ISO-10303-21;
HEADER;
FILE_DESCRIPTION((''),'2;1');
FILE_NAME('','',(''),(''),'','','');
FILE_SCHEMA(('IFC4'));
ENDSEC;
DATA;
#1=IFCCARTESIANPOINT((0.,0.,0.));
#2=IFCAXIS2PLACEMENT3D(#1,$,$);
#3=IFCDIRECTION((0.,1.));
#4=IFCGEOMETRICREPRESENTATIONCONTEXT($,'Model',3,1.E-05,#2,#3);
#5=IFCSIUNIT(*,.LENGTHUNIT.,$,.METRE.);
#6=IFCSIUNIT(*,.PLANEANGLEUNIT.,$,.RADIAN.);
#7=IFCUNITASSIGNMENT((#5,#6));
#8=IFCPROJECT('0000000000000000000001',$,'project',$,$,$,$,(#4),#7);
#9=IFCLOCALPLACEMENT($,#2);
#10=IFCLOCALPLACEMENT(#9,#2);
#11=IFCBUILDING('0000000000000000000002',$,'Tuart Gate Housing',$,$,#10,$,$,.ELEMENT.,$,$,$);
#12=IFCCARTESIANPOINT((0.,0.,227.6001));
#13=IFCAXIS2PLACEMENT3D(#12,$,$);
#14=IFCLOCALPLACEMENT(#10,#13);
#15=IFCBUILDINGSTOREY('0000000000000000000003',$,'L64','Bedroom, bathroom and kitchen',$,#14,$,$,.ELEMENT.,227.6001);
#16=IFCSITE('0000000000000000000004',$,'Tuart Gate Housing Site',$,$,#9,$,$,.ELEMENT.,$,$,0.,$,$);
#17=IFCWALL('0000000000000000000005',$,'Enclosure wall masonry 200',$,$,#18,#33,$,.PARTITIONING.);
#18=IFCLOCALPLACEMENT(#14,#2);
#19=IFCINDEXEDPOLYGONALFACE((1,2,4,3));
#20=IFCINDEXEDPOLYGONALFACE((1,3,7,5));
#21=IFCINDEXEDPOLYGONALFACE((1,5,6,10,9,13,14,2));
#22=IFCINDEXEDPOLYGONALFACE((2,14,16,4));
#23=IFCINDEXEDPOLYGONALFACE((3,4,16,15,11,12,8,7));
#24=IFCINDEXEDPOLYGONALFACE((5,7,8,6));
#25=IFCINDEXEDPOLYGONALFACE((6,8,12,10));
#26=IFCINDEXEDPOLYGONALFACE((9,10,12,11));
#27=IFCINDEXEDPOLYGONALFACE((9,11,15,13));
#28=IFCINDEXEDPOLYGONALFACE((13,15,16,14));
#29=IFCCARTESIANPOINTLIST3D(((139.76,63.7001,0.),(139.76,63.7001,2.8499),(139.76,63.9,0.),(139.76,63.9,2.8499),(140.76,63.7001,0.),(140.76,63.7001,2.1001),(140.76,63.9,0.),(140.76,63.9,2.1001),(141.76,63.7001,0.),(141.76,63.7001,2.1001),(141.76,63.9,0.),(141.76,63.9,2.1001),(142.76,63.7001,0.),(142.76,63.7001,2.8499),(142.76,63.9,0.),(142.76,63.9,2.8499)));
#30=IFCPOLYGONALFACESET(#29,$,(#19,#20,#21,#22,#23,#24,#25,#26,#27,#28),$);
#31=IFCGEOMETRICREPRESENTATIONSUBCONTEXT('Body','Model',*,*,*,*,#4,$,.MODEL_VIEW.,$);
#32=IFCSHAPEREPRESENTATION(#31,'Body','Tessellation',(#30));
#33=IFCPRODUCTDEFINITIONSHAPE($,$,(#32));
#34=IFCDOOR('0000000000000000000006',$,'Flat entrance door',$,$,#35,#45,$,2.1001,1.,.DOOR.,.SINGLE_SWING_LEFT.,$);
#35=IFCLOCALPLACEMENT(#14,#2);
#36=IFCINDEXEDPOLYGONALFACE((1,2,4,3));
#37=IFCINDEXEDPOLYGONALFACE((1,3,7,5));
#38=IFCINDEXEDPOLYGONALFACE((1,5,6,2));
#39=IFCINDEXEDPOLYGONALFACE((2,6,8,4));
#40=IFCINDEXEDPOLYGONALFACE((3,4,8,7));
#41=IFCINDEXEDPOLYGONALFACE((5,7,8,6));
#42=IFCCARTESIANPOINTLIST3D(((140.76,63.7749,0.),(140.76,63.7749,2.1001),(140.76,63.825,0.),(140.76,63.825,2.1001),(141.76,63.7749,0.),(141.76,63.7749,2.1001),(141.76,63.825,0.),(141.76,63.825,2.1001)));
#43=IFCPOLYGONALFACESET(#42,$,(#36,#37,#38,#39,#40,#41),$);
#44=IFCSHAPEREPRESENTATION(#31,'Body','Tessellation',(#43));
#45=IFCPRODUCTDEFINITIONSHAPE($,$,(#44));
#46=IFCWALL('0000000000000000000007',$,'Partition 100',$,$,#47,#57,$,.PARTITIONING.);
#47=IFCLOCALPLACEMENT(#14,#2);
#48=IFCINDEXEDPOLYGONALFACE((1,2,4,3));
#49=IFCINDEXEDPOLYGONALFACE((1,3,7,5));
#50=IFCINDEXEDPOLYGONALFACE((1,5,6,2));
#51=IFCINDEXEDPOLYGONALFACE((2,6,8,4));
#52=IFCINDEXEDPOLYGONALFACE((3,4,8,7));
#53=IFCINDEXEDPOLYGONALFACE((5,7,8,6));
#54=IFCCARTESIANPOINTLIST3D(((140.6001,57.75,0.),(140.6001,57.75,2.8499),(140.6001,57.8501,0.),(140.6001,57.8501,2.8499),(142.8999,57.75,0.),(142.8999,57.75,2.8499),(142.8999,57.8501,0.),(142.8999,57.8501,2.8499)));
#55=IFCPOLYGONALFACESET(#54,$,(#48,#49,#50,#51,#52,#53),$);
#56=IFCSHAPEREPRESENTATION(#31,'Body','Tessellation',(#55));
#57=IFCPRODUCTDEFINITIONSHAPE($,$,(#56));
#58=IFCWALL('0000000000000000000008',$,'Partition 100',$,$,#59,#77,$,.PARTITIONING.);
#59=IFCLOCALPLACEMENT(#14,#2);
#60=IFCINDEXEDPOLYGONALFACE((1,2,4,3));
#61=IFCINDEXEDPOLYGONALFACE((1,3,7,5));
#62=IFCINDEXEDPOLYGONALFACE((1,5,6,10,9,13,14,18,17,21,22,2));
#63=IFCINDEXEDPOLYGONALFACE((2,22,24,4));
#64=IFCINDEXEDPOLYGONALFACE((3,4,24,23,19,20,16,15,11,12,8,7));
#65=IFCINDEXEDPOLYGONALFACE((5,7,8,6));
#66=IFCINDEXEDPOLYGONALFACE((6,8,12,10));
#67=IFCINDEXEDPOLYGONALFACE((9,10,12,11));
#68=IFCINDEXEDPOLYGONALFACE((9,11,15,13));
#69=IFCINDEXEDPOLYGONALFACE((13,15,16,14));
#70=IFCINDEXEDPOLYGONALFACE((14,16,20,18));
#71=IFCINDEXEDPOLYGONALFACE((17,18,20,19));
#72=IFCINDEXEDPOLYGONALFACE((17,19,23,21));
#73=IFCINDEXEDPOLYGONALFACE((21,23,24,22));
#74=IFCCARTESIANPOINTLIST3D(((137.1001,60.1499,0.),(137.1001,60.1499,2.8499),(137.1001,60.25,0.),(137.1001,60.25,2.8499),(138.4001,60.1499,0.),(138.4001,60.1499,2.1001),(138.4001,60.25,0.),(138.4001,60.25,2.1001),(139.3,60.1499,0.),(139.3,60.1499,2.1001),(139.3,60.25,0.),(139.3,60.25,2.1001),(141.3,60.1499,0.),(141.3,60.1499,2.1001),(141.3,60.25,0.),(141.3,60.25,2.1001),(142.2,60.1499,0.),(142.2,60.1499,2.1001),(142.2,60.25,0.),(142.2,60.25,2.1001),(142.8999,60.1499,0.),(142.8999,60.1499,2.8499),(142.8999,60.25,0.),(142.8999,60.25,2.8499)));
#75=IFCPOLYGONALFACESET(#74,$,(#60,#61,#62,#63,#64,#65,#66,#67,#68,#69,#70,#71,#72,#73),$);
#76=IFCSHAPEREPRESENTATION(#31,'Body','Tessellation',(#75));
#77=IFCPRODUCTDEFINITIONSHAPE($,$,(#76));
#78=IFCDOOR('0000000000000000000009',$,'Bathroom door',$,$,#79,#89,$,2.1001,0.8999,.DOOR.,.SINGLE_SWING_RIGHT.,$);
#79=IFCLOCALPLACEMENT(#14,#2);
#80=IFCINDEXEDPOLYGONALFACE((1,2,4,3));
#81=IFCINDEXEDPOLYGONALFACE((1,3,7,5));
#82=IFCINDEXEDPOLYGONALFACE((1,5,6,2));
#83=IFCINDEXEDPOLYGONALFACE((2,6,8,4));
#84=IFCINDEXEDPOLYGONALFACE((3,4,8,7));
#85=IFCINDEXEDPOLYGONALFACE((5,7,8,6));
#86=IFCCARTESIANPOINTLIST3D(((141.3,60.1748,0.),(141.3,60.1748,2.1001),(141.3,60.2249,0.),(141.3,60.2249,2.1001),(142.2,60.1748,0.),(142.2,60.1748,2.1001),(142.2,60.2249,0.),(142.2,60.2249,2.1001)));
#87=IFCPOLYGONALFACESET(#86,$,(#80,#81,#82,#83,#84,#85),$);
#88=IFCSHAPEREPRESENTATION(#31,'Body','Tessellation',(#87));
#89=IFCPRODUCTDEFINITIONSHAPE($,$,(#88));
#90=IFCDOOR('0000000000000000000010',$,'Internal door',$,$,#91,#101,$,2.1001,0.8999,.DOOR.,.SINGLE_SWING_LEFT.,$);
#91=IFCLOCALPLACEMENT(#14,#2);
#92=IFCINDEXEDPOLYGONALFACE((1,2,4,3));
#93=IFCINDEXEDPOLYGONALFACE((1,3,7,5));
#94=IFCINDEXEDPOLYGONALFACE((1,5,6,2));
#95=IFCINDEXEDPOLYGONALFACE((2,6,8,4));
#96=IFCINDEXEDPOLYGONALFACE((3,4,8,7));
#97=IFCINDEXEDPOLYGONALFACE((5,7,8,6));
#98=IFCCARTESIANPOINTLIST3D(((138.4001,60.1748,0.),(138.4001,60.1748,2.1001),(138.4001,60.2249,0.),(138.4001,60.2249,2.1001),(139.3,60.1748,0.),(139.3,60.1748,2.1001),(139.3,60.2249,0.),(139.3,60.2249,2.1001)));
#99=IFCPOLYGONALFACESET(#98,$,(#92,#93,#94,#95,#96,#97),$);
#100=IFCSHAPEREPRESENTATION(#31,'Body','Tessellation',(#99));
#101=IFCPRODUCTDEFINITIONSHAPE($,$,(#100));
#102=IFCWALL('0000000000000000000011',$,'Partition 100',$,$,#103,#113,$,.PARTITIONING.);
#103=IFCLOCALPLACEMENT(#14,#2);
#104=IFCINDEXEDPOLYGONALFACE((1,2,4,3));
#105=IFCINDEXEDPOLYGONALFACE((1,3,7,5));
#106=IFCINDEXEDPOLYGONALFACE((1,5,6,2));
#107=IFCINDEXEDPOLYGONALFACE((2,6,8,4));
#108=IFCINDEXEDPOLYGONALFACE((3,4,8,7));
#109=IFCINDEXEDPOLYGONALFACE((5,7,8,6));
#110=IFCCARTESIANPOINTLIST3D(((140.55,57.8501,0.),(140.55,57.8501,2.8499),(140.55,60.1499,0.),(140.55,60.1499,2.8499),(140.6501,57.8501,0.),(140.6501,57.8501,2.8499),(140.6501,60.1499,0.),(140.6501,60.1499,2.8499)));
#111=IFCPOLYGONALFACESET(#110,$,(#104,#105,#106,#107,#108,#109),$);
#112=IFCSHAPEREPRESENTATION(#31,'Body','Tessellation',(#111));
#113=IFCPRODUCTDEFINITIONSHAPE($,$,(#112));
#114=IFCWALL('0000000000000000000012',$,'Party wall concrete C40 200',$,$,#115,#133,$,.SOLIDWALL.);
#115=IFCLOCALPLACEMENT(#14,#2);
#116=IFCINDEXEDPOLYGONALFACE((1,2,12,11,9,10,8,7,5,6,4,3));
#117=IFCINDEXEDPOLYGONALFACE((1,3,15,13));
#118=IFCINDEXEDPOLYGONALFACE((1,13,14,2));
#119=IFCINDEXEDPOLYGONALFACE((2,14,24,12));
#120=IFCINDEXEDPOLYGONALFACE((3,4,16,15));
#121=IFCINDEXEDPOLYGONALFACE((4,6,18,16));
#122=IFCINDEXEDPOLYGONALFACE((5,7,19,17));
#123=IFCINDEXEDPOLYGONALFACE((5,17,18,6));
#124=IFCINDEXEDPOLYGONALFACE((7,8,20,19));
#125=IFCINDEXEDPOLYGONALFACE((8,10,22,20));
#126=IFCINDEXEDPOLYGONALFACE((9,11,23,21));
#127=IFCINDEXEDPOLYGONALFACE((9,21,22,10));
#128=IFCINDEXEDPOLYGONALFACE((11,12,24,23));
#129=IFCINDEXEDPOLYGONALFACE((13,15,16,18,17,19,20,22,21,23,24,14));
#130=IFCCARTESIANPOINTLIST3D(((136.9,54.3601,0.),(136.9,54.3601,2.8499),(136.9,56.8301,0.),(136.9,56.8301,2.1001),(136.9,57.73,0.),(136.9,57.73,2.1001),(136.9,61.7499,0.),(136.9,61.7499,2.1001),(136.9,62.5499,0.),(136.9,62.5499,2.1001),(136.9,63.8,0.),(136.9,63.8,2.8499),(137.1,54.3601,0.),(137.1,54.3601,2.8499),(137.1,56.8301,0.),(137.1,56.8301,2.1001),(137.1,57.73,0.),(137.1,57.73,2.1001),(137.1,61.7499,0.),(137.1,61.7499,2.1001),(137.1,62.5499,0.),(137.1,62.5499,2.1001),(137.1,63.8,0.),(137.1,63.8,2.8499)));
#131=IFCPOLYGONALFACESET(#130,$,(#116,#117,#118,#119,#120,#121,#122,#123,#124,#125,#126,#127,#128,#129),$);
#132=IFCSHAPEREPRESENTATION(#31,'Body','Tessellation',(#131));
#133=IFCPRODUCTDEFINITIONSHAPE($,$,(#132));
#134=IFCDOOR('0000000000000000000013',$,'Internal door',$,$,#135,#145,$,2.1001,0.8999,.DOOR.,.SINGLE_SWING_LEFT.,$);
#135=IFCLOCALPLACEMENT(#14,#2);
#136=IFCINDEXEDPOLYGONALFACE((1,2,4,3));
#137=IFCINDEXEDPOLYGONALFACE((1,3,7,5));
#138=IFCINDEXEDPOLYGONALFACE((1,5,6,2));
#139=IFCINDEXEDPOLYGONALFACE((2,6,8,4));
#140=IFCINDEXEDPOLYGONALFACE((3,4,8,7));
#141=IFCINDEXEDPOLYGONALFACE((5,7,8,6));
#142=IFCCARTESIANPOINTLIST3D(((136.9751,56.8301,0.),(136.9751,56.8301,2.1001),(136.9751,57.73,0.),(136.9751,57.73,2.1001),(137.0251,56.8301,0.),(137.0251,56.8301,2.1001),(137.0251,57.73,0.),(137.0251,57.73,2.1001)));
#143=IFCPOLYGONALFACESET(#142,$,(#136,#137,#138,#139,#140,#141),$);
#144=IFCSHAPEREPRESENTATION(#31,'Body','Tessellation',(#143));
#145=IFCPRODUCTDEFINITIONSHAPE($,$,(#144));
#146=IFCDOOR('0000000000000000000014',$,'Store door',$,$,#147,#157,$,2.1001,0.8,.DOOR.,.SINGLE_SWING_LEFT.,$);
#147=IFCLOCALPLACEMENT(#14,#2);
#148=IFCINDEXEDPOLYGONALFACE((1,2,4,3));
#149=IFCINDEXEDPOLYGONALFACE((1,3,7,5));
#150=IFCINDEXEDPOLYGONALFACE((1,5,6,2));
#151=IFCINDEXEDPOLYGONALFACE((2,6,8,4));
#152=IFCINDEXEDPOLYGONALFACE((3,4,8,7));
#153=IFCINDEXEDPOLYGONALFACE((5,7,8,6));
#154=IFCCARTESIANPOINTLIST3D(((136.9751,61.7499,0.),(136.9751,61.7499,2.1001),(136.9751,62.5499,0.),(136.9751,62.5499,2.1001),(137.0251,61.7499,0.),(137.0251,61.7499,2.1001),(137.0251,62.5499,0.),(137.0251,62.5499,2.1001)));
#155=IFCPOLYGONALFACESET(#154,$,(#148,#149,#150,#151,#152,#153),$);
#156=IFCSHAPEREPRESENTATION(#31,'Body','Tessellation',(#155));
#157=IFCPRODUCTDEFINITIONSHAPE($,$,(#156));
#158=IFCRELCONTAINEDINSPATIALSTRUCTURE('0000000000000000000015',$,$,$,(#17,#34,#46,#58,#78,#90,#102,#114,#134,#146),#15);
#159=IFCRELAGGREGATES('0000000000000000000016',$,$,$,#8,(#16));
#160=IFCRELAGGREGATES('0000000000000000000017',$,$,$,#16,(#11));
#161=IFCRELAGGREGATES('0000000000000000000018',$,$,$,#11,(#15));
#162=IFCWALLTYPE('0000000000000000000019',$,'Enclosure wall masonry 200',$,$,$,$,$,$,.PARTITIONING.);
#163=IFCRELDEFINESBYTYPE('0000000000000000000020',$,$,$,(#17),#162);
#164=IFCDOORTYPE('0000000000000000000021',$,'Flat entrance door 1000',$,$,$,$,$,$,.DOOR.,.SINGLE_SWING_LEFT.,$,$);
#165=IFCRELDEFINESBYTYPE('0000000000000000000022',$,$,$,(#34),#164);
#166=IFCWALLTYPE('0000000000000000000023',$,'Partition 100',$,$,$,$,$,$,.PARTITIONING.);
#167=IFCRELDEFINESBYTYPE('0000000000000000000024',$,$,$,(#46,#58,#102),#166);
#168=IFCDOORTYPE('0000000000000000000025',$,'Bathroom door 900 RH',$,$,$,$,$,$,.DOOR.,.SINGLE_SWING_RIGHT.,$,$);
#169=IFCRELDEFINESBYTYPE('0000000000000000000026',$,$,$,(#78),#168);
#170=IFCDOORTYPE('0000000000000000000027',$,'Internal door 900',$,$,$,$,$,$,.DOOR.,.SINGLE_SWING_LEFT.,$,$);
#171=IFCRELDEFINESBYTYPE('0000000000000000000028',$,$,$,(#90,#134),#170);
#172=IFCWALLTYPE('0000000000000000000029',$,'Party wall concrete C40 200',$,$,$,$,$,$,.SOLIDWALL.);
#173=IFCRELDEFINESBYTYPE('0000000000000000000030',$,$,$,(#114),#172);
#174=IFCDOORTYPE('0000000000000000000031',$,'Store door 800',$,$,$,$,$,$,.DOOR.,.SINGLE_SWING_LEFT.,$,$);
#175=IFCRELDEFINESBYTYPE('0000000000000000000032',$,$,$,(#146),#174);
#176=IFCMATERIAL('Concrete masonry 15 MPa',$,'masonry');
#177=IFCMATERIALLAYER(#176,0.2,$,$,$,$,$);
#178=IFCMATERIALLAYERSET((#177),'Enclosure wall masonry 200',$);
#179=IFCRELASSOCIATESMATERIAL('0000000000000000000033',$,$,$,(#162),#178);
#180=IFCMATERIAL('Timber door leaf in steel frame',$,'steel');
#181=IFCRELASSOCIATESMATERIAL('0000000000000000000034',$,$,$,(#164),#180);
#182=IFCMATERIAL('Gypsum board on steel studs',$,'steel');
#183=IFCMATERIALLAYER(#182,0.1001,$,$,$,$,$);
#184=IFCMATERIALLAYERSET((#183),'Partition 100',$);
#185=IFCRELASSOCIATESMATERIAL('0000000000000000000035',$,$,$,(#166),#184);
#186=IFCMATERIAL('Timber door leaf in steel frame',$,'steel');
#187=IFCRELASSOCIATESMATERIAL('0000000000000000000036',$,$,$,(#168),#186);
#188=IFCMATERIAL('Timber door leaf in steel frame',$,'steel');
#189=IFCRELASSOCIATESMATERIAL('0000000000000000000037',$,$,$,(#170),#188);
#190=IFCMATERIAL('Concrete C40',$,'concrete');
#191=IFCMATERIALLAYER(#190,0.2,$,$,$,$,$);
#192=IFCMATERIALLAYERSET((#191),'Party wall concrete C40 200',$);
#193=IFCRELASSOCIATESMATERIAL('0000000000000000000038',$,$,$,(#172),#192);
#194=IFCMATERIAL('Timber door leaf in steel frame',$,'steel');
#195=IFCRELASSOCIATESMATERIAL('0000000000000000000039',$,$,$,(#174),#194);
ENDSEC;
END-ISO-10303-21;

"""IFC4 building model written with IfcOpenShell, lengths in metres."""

from ifc_helpers import new_model, si_unit, direction, frame, frame_2d, origin, place, context, subcontext, project, spatial, rectangle, extrude, material, layer, layer_set, type_object, element, fill, save


model = new_model("IFC4")

# Units and contexts
model_context = context("Model", 3, precision=1e-05, world=origin(), true_north=direction((0.0, 1.0)))
body_context = subcontext(model_context, "Body", "Model", "MODEL_VIEW")
ifc_project = project(units=[si_unit("LENGTHUNIT", "METRE"), si_unit("PLANEANGLEUNIT", "RADIAN")], contexts=[model_context])

# Site, building, storey
site_placement = place(None, origin())
site = spatial("IfcSite", under=ifc_project, at=site_placement, Name="Tuart Gate Housing Site", CompositionType="ELEMENT", RefElevation=0.0)
building_placement = place(site_placement, origin())
building = spatial("IfcBuilding", under=site, at=building_placement, Name="Tuart Gate Housing", CompositionType="ELEMENT")
storey_placement = place(building_placement, frame((0.0, 0.0, 227.6001)))
storey = spatial("IfcBuildingStorey", under=building, at=storey_placement, Name="L64", Description="Bedroom, bathroom and kitchen", CompositionType="ELEMENT", Elevation=227.6001)

# Wall, opening, door
ifc_material_1 = material(Name="Concrete masonry 15 MPa", Category="masonry")
ifc_layer_1 = layer(ifc_material_1, 0.2)
ifc_layer_set_1 = layer_set([ifc_layer_1], Name="Enclosure wall masonry 200")
wall_type_1 = type_object("IfcWallType", Name="Enclosure wall masonry 200", PredefinedType="PARTITIONING", material=ifc_layer_set_1)
wall_1_placement = place(storey_placement, frame((139.76, 63.8, 0.0), z_axis=(0.0, 0.0, 1.0), x_axis=(1.0, 0.0, 0.0)))
wall_1 = element("IfcWall", 1, at=wall_1_placement, inside=storey, type_object=wall_type_1, Name="Enclosure wall masonry 200", PredefinedType="PARTITIONING", context=body_context, shape_type="SweptSolid", body=[
    extrude(rectangle(XDim=3.0, YDim=0.2, at=frame_2d((1.5, 0.0))), origin(), (0.0, 0.0, 1.0), 2.8499),
])
opening_1_placement = place(wall_1_placement, frame((1.0, 0.0, 0.0)))
opening_1 = element("IfcOpeningElement", 2, at=opening_1_placement, cuts=wall_1, PredefinedType="OPENING", context=body_context, shape_type="SweptSolid", body=[
    extrude(rectangle(XDim=1.0, YDim=2.1001, at=frame_2d((0.5, 1.05))), frame((0.0, 0.1099, 0.0), z_axis=(0.0, -1.0, 0.0), x_axis=(1.0, 0.0, 0.0)), (0.0, 0.0, 1.0), 0.22),
])
ifc_material_2 = material(Name="Timber door leaf in steel frame", Category="steel")
door_type_1 = type_object("IfcDoorType", Name="Flat entrance door 1000", OperationType="SINGLE_SWING_LEFT", PredefinedType="DOOR", material=ifc_material_2)
door_1_placement = place(opening_1_placement, frame((1.0, 0.0, 0.0), z_axis=(0.0, 0.0, 1.0), x_axis=(-1.0, 0.0, 0.0)))
door_1 = element("IfcDoor", 3, at=door_1_placement, inside=storey, type_object=door_type_1, Name="Flat entrance door", OperationType="SINGLE_SWING_LEFT", OverallHeight=2.1001, OverallWidth=1.0, PredefinedType="DOOR", context=body_context, shape_type="SweptSolid", body=[
    extrude(rectangle(XDim=1.0, YDim=2.1001, at=frame_2d((0.5, 1.05))), frame((0.0, 0.0251, 0.0), z_axis=(0.0, -1.0, 0.0), x_axis=(1.0, 0.0, 0.0)), (0.0, 0.0, 1.0), 0.05),
])
fill(opening_1, door_1)

# Wall
ifc_material_3 = material(Name="Gypsum board on steel studs", Category="steel")
ifc_layer_2 = layer(ifc_material_3, 0.1001)
ifc_layer_set_2 = layer_set([ifc_layer_2], Name="Partition 100")
wall_type_2 = type_object("IfcWallType", Name="Partition 100", PredefinedType="PARTITIONING", material=ifc_layer_set_2)
wall_2_placement = place(storey_placement, frame((140.6001, 57.8, 0.0), z_axis=(0.0, 0.0, 1.0), x_axis=(1.0, 0.0, 0.0)))
element("IfcWall", 4, at=wall_2_placement, inside=storey, type_object=wall_type_2, Name="Partition 100", PredefinedType="PARTITIONING", context=body_context, shape_type="SweptSolid", body=[
    extrude(rectangle(XDim=2.2998, YDim=0.1001, at=frame_2d((1.1499, 0.0))), origin(), (0.0, 0.0, 1.0), 2.8499),
])

# Wall, openings, doors
wall_3_placement = place(storey_placement, frame((137.1001, 60.2, 0.0), z_axis=(0.0, 0.0, 1.0), x_axis=(1.0, 0.0, 0.0)))
wall_3 = element("IfcWall", 5, at=wall_3_placement, inside=storey, type_object=wall_type_2, Name="Partition 100", PredefinedType="PARTITIONING", context=body_context, shape_type="SweptSolid", body=[
    extrude(rectangle(XDim=5.7998, YDim=0.1001, at=frame_2d((2.8999, 0.0))), origin(), (0.0, 0.0, 1.0), 2.8499),
])
opening_2_placement = place(wall_3_placement, frame((1.3, 0.0, 0.0)))
opening_2 = element("IfcOpeningElement", 6, at=opening_2_placement, cuts=wall_3, PredefinedType="OPENING", context=body_context, shape_type="SweptSolid", body=[
    extrude(rectangle(XDim=0.8999, YDim=2.1001, at=frame_2d((0.45, 1.05))), frame((0.0, 0.0601, 0.0), z_axis=(0.0, -1.0, 0.0), x_axis=(1.0, 0.0, 0.0)), (0.0, 0.0, 1.0), 0.1201),
])
opening_3_placement = place(wall_3_placement, frame((4.2, 0.0, 0.0)))
opening_3 = element("IfcOpeningElement", 7, at=opening_3_placement, cuts=wall_3, PredefinedType="OPENING", context=body_context, shape_type="SweptSolid", body=[
    extrude(rectangle(XDim=0.8999, YDim=2.1001, at=frame_2d((0.45, 1.05))), frame((0.0, 0.0601, 0.0), z_axis=(0.0, -1.0, 0.0), x_axis=(1.0, 0.0, 0.0)), (0.0, 0.0, 1.0), 0.1201),
])
ifc_material_4 = material(Name="Timber door leaf in steel frame", Category="steel")
door_type_2 = type_object("IfcDoorType", Name="Bathroom door 900 RH", OperationType="SINGLE_SWING_RIGHT", PredefinedType="DOOR", material=ifc_material_4)
door_2_placement = place(opening_3_placement, frame((0.8999, 0.0, 0.0), z_axis=(0.0, 0.0, 1.0), x_axis=(-1.0, 0.0, 0.0)))
door_2 = element("IfcDoor", 8, at=door_2_placement, inside=storey, type_object=door_type_2, Name="Bathroom door", OperationType="SINGLE_SWING_RIGHT", OverallHeight=2.1001, OverallWidth=0.8999, PredefinedType="DOOR", context=body_context, shape_type="SweptSolid", body=[
    extrude(rectangle(XDim=0.8999, YDim=2.1001, at=frame_2d((0.45, 1.05))), frame((0.0, 0.0251, 0.0), z_axis=(0.0, -1.0, 0.0), x_axis=(1.0, 0.0, 0.0)), (0.0, 0.0, 1.0), 0.05),
])
fill(opening_3, door_2)
ifc_material_5 = material(Name="Timber door leaf in steel frame", Category="steel")
door_type_3 = type_object("IfcDoorType", Name="Internal door 900", OperationType="SINGLE_SWING_LEFT", PredefinedType="DOOR", material=ifc_material_5)
door_3_placement = place(opening_2_placement, origin())
door_3 = element("IfcDoor", 9, at=door_3_placement, inside=storey, type_object=door_type_3, Name="Internal door", OperationType="SINGLE_SWING_LEFT", OverallHeight=2.1001, OverallWidth=0.8999, PredefinedType="DOOR", context=body_context, shape_type="SweptSolid", body=[
    extrude(rectangle(XDim=0.8999, YDim=2.1001, at=frame_2d((0.45, 1.05))), frame((0.0, 0.0249, 0.0), z_axis=(0.0, -1.0, 0.0), x_axis=(1.0, 0.0, 0.0)), (0.0, 0.0, 1.0), 0.05),
])
fill(opening_2, door_3)

# Wall
wall_4_placement = place(storey_placement, frame((140.6001, 57.8501, 0.0), z_axis=(0.0, 0.0, 1.0), x_axis=(0.0, 1.0, 0.0)))
element("IfcWall", 10, at=wall_4_placement, inside=storey, type_object=wall_type_2, Name="Partition 100", PredefinedType="PARTITIONING", context=body_context, shape_type="SweptSolid", body=[
    extrude(rectangle(XDim=2.2998, YDim=0.1001, at=frame_2d((1.1499, 0.0))), origin(), (0.0, 0.0, 1.0), 2.8499),
])

# Wall, openings, doors
ifc_material_6 = material(Name="Concrete C40", Category="concrete")
ifc_layer_3 = layer(ifc_material_6, 0.2)
ifc_layer_set_3 = layer_set([ifc_layer_3], Name="Party wall concrete C40 200")
wall_type_3 = type_object("IfcWallType", Name="Party wall concrete C40 200", PredefinedType="SOLIDWALL", material=ifc_layer_set_3)
wall_5_placement = place(storey_placement, frame((137.0, 54.3601, 0.0), z_axis=(0.0, 0.0, 1.0), x_axis=(0.0, 1.0, 0.0)))
wall_5 = element("IfcWall", 11, at=wall_5_placement, inside=storey, type_object=wall_type_3, Name="Party wall concrete C40 200", PredefinedType="SOLIDWALL", context=body_context, shape_type="SweptSolid", body=[
    extrude(rectangle(XDim=9.4399, YDim=0.2, at=frame_2d((4.72, 0.0))), origin(), (0.0, 0.0, 1.0), 2.8499),
])
opening_4_placement = place(wall_5_placement, frame((2.47, 0.0, 0.0)))
opening_4 = element("IfcOpeningElement", 12, at=opening_4_placement, cuts=wall_5, PredefinedType="OPENING", context=body_context, shape_type="SweptSolid", body=[
    extrude(rectangle(XDim=0.8999, YDim=2.1001, at=frame_2d((0.45, 1.05))), frame((0.0, 0.1099, 0.0), z_axis=(0.0, -1.0, 0.0), x_axis=(1.0, 0.0, 0.0)), (0.0, 0.0, 1.0), 0.22),
])
opening_5_placement = place(wall_5_placement, frame((7.3899, 0.0, 0.0)))
opening_5 = element("IfcOpeningElement", 13, at=opening_5_placement, cuts=wall_5, PredefinedType="OPENING", context=body_context, shape_type="SweptSolid", body=[
    extrude(rectangle(XDim=0.8, YDim=2.1001, at=frame_2d((0.3999, 1.05))), frame((0.0, 0.1099, 0.0), z_axis=(0.0, -1.0, 0.0), x_axis=(1.0, 0.0, 0.0)), (0.0, 0.0, 1.0), 0.22),
])
door_4_placement = place(opening_4_placement, origin())
door_4 = element("IfcDoor", 14, at=door_4_placement, inside=storey, type_object=door_type_3, Name="Internal door", OperationType="SINGLE_SWING_LEFT", OverallHeight=2.1001, OverallWidth=0.8999, PredefinedType="DOOR", context=body_context, shape_type="SweptSolid", body=[
    extrude(rectangle(XDim=0.8999, YDim=2.1001, at=frame_2d((0.45, 1.05))), frame((0.0, 0.0249, 0.0), z_axis=(0.0, -1.0, 0.0), x_axis=(1.0, 0.0, 0.0)), (0.0, 0.0, 1.0), 0.05),
])
fill(opening_4, door_4)
ifc_material_7 = material(Name="Timber door leaf in steel frame", Category="steel")
door_type_4 = type_object("IfcDoorType", Name="Store door 800", OperationType="SINGLE_SWING_LEFT", PredefinedType="DOOR", material=ifc_material_7)
door_5_placement = place(opening_5_placement, origin())
door_5 = element("IfcDoor", 15, at=door_5_placement, inside=storey, type_object=door_type_4, Name="Store door", OperationType="SINGLE_SWING_LEFT", OverallHeight=2.1001, OverallWidth=0.8, PredefinedType="DOOR", context=body_context, shape_type="SweptSolid", body=[
    extrude(rectangle(XDim=0.8, YDim=2.1001, at=frame_2d((0.3999, 1.05))), frame((0.0, 0.0249, 0.0), z_axis=(0.0, -1.0, 0.0), x_axis=(1.0, 0.0, 0.0)), (0.0, 0.0, 1.0), 0.05),
])
fill(opening_5, door_5)

save(model, "model.ifc")
